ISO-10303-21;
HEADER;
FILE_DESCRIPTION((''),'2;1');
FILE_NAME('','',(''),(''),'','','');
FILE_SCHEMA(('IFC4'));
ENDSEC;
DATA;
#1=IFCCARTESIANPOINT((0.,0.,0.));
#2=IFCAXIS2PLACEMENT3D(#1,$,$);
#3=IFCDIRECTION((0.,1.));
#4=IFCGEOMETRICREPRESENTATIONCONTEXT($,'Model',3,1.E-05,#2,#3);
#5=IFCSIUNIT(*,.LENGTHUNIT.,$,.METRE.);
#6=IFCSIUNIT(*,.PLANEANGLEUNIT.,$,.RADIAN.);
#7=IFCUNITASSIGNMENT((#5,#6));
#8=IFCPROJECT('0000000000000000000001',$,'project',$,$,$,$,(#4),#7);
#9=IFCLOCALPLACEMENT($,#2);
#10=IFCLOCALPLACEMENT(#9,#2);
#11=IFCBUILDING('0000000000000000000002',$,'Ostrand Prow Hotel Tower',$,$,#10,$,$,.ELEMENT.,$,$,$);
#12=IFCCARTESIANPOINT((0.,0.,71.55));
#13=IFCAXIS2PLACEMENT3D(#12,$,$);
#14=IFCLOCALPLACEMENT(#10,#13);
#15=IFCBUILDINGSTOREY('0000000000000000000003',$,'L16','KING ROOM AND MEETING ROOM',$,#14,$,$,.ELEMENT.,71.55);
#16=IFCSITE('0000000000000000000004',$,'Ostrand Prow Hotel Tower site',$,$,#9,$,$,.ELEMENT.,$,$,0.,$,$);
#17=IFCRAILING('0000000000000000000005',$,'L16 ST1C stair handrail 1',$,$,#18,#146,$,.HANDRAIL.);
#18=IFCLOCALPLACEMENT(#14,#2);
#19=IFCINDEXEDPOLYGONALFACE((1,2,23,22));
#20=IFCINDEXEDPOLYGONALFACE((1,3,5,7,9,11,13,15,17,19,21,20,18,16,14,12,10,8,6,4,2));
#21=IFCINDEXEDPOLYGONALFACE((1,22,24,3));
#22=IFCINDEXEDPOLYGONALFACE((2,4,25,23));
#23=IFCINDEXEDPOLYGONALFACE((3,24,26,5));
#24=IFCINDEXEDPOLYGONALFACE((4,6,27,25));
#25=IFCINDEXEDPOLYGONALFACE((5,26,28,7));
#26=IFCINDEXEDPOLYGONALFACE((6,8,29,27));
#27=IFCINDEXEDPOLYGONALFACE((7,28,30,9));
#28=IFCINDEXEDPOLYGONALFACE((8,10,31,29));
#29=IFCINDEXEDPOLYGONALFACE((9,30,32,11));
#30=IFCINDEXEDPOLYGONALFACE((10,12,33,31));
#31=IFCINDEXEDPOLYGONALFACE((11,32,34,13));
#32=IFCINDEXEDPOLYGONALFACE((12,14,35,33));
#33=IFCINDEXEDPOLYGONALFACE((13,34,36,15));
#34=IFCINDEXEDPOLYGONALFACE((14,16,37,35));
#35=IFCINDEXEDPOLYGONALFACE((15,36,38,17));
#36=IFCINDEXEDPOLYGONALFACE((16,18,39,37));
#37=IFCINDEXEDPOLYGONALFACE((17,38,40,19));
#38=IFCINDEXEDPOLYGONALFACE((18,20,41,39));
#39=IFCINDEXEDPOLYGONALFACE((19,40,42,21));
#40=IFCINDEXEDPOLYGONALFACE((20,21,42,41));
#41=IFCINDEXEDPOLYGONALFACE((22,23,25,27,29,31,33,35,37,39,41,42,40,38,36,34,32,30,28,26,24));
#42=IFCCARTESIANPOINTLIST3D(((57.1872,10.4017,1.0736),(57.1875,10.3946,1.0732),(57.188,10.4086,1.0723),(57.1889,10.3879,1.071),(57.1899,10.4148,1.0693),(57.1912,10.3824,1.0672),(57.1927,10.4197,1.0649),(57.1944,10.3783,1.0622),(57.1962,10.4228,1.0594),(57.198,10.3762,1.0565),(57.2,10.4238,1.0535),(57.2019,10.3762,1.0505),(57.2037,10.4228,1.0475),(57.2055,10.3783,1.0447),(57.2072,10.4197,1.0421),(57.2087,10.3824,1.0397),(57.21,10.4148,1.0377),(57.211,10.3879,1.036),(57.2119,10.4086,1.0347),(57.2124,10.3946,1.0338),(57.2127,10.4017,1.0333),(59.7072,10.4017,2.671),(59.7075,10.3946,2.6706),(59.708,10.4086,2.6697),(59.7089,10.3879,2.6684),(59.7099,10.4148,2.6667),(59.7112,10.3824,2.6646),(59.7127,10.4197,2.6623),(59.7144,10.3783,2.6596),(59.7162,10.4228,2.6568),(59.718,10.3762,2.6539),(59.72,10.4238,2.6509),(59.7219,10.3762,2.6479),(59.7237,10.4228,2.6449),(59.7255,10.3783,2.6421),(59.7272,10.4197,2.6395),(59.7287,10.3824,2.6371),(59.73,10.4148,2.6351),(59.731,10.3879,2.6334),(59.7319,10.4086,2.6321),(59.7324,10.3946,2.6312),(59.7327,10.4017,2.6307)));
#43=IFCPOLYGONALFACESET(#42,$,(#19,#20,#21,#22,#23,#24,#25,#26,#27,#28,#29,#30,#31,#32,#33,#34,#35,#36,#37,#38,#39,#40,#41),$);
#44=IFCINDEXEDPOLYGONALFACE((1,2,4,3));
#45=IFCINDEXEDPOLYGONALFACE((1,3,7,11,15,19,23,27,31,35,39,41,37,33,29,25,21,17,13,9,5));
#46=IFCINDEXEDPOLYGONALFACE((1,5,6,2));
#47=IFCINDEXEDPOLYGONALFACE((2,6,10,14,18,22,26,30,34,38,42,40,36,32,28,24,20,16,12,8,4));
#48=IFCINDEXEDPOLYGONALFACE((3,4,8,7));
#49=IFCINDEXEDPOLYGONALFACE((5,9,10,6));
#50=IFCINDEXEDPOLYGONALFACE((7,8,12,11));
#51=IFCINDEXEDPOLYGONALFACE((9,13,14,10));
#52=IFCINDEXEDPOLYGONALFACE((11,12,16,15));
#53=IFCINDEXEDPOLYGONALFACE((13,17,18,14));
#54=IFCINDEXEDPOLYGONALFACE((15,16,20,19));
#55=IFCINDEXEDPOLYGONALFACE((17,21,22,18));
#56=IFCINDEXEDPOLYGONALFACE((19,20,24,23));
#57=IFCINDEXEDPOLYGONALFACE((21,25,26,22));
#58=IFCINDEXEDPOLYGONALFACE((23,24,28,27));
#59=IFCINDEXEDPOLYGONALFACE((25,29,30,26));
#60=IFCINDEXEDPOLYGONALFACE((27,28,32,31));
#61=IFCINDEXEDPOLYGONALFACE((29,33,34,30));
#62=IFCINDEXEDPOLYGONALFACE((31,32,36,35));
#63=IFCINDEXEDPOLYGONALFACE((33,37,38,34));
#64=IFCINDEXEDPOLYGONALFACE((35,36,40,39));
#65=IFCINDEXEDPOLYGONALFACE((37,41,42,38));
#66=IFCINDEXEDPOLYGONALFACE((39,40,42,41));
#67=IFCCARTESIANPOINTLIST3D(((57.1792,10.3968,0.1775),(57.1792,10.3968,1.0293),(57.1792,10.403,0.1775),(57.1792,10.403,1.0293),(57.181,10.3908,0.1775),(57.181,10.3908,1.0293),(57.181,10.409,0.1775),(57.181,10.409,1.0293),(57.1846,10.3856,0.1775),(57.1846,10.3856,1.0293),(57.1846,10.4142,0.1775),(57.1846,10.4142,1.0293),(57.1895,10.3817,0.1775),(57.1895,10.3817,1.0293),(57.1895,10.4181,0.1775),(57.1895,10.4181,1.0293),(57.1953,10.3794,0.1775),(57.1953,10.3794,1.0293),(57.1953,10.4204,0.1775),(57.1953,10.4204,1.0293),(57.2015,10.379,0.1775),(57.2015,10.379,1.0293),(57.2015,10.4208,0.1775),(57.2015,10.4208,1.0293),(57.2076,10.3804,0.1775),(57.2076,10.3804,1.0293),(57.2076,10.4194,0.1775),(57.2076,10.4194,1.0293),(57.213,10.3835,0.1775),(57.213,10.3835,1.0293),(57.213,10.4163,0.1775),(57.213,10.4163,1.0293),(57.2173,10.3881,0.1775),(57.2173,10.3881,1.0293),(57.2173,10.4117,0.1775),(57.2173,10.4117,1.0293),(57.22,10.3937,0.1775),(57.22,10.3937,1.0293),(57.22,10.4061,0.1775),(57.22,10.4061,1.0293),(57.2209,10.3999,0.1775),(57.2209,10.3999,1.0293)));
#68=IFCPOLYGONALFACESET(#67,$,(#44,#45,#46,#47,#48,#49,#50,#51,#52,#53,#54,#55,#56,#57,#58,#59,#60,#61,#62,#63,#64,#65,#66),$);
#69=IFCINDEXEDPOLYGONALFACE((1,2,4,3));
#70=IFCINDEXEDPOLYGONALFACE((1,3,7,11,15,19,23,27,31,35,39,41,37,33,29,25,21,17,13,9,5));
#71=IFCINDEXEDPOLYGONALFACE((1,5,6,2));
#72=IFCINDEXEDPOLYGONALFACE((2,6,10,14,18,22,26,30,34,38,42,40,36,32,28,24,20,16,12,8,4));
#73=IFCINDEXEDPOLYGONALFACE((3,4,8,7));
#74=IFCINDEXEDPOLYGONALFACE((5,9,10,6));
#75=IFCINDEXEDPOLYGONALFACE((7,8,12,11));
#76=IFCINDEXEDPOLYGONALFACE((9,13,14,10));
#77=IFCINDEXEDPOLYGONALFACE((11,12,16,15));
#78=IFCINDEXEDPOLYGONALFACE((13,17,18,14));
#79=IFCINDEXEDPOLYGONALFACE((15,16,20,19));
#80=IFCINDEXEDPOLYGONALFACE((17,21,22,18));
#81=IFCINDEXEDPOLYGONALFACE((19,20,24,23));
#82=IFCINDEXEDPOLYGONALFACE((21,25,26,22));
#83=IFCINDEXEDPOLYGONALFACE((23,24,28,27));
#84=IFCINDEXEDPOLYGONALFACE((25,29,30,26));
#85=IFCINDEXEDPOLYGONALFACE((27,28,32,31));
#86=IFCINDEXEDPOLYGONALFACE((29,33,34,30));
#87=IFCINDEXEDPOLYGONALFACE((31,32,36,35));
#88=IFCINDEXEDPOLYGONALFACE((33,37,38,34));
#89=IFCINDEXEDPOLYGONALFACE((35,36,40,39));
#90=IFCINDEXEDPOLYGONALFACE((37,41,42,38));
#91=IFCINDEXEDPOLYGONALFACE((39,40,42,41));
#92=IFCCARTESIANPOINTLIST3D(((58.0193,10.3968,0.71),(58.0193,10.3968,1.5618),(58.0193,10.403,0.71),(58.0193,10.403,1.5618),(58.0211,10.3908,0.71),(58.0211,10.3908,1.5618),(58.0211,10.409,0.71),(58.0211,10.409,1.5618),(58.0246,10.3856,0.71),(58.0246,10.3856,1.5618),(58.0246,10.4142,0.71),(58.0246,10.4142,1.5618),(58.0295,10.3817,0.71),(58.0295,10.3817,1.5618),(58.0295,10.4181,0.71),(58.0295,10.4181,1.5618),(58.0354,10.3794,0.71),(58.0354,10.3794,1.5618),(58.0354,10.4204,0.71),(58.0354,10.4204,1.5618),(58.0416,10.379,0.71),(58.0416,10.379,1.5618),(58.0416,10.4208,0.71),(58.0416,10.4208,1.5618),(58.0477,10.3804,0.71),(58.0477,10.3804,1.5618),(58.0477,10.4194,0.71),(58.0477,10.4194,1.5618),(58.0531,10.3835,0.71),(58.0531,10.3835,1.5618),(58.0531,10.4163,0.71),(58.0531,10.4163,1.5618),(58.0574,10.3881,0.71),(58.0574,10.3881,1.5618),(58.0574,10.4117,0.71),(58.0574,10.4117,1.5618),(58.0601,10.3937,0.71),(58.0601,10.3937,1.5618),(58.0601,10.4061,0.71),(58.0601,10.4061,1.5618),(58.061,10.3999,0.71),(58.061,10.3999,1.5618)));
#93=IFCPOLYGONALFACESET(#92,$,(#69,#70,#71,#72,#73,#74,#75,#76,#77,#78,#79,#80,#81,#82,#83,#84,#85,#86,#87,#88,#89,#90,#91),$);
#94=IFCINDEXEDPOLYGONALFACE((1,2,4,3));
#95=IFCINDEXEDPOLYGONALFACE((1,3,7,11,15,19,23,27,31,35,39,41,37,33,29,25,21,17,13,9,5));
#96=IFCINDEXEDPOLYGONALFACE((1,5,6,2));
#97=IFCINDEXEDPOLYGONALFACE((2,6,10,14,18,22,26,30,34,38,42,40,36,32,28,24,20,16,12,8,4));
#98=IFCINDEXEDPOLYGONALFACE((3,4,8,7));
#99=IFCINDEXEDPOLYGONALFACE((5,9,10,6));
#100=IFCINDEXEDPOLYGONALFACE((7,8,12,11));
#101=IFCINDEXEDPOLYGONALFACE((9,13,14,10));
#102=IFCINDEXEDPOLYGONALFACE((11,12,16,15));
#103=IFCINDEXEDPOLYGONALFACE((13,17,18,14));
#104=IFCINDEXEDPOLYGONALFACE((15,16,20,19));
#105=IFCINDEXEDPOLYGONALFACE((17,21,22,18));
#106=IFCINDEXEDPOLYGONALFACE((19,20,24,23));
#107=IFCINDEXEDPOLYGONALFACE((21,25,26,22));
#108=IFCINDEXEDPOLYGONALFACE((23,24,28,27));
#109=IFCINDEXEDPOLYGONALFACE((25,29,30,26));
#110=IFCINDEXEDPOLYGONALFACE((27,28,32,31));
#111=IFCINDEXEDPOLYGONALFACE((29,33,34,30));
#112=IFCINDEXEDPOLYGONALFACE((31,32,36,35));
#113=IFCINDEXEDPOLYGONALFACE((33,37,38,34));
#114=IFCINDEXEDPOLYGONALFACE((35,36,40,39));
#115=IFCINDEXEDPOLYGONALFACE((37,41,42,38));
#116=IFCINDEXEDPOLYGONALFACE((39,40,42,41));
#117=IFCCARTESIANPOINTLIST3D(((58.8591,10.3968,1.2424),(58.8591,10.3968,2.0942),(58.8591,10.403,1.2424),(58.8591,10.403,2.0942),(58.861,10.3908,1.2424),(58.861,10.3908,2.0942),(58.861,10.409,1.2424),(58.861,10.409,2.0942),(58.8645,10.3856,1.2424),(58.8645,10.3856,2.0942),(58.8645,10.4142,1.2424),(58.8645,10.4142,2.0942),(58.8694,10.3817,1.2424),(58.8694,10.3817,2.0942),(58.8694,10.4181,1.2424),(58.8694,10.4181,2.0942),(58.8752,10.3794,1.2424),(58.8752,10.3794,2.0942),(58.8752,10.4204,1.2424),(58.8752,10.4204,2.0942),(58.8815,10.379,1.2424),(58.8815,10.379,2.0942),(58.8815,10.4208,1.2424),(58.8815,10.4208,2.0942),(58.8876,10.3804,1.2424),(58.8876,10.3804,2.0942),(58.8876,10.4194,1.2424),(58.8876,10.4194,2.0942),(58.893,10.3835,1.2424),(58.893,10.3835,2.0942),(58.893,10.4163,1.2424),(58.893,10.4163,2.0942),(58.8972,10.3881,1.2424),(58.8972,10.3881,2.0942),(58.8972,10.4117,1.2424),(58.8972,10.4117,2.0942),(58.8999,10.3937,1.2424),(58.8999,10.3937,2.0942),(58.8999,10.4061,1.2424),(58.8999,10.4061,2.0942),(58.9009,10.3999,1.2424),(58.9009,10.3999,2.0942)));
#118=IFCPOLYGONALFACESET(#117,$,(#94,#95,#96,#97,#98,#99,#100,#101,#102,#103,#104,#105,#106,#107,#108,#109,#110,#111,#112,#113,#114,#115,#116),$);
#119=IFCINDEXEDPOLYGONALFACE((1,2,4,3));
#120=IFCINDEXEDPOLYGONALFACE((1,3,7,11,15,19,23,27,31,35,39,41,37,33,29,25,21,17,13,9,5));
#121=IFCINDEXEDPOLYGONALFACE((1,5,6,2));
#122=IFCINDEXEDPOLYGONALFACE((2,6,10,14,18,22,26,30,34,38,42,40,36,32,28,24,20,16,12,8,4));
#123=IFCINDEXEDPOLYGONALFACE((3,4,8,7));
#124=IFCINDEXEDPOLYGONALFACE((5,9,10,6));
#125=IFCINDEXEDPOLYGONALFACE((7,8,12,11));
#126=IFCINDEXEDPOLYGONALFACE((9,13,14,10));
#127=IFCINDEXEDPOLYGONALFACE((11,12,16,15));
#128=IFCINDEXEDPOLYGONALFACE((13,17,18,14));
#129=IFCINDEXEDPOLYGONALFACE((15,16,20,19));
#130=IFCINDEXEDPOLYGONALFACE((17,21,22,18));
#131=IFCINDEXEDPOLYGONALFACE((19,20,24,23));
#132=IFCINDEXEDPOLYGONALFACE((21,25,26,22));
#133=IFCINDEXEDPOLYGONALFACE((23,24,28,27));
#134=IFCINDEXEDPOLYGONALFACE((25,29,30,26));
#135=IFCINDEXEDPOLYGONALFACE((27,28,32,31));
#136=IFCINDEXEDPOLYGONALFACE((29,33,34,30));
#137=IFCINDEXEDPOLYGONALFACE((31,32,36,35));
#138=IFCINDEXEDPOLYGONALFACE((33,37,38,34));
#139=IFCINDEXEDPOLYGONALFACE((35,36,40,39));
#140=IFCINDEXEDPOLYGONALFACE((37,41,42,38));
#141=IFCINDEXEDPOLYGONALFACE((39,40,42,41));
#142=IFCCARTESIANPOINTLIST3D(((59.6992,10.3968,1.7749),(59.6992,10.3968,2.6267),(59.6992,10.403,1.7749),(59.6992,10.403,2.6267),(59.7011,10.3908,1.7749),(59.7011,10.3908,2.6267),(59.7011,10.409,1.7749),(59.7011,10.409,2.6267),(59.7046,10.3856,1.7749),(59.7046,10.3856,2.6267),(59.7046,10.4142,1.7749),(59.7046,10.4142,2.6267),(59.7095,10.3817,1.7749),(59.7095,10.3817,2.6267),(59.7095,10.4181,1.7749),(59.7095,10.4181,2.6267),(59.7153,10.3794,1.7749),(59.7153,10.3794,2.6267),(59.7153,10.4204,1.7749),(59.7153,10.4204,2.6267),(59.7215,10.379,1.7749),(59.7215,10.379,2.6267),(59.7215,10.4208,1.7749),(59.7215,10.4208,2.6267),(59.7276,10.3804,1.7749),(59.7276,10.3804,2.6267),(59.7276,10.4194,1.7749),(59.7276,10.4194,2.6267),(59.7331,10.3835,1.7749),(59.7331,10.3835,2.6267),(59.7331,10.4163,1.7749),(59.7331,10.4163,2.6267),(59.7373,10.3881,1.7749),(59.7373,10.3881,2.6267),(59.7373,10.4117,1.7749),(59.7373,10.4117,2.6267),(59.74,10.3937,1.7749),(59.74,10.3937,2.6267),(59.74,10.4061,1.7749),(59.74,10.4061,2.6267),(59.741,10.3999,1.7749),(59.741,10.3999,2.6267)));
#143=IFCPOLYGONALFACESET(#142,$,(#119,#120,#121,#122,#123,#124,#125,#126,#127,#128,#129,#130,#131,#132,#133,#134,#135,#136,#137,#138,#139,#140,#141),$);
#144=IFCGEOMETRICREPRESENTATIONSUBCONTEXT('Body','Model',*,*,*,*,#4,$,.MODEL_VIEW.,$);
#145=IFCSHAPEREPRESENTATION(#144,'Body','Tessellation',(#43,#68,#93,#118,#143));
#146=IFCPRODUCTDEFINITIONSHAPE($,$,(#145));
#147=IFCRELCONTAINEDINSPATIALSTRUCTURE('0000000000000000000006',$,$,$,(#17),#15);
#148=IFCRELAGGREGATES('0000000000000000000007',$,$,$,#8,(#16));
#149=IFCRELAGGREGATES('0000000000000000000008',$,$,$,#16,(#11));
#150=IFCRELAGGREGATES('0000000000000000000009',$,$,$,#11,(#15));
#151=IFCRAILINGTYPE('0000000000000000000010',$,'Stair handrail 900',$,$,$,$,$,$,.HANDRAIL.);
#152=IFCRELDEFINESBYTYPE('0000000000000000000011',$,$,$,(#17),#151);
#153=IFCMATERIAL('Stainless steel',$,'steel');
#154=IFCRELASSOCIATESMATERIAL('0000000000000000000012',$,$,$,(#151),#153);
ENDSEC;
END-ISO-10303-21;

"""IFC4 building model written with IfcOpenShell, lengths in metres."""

from ifc_helpers import new_model, si_unit, direction, frame, origin, origin_2d, place, context, subcontext, project, spatial, circle, extrude, material, type_object, element, save


model = new_model("IFC4")

# Units and contexts
model_context = context("Model", 3, precision=1e-05, world=origin(), true_north=direction((0.0, 1.0)))
body_context = subcontext(model_context, "Body", "Model", "MODEL_VIEW")
ifc_project = project(units=[si_unit("LENGTHUNIT", "METRE"), si_unit("PLANEANGLEUNIT", "RADIAN")], contexts=[model_context])

# Site, building, storey
site_placement = place(None, origin())
site = spatial("IfcSite", under=ifc_project, at=site_placement, Name="Ostrand Prow Hotel Tower site", CompositionType="ELEMENT", RefElevation=0.0)
building_placement = place(site_placement, origin())
building = spatial("IfcBuilding", under=site, at=building_placement, Name="Ostrand Prow Hotel Tower", CompositionType="ELEMENT")
storey_placement = place(building_placement, frame((0.0, 0.0, 71.55)))
storey = spatial("IfcBuildingStorey", under=building, at=storey_placement, Name="L16", Description="KING ROOM AND MEETING ROOM", CompositionType="ELEMENT", Elevation=71.55)

# Railing
ifc_material_1 = material(Name="Stainless steel", Category="steel")
railing_type_1 = type_object("IfcRailingType", Name="Stair handrail 900", PredefinedType="HANDRAIL", material=ifc_material_1)
railing_1_placement = place(storey_placement, frame((57.2, 10.3999, 0.1775)))
element("IfcRailing", 1, at=railing_1_placement, inside=storey, type_object=railing_type_1, Name="L16 ST1C stair handrail 1", PredefinedType="HANDRAIL", context=body_context, shape_type="SweptSolid", body=[
    extrude(circle(Radius=0.0239, at=origin_2d()), frame((0.0, 0.0, 0.876), z_axis=(0.844607, 0.0, 0.535387), x_axis=(0.0, 1.0, 0.0)), (0.0, 0.0, 1.0), 2.9836),
    extrude(circle(Radius=0.021, at=origin_2d()), origin(), (0.0, 0.0, 1.0), 0.8518),
    extrude(circle(Radius=0.021, at=origin_2d()), frame((0.8401, 0.0, 0.5325)), (0.0, 0.0, 1.0), 0.8518),
    extrude(circle(Radius=0.021, at=origin_2d()), frame((1.6799, 0.0, 1.0649)), (0.0, 0.0, 1.0), 0.8518),
    extrude(circle(Radius=0.021, at=origin_2d()), frame((2.52, 0.0, 1.5974)), (0.0, 0.0, 1.0), 0.8518),
])

save(model, "model.ifc")
